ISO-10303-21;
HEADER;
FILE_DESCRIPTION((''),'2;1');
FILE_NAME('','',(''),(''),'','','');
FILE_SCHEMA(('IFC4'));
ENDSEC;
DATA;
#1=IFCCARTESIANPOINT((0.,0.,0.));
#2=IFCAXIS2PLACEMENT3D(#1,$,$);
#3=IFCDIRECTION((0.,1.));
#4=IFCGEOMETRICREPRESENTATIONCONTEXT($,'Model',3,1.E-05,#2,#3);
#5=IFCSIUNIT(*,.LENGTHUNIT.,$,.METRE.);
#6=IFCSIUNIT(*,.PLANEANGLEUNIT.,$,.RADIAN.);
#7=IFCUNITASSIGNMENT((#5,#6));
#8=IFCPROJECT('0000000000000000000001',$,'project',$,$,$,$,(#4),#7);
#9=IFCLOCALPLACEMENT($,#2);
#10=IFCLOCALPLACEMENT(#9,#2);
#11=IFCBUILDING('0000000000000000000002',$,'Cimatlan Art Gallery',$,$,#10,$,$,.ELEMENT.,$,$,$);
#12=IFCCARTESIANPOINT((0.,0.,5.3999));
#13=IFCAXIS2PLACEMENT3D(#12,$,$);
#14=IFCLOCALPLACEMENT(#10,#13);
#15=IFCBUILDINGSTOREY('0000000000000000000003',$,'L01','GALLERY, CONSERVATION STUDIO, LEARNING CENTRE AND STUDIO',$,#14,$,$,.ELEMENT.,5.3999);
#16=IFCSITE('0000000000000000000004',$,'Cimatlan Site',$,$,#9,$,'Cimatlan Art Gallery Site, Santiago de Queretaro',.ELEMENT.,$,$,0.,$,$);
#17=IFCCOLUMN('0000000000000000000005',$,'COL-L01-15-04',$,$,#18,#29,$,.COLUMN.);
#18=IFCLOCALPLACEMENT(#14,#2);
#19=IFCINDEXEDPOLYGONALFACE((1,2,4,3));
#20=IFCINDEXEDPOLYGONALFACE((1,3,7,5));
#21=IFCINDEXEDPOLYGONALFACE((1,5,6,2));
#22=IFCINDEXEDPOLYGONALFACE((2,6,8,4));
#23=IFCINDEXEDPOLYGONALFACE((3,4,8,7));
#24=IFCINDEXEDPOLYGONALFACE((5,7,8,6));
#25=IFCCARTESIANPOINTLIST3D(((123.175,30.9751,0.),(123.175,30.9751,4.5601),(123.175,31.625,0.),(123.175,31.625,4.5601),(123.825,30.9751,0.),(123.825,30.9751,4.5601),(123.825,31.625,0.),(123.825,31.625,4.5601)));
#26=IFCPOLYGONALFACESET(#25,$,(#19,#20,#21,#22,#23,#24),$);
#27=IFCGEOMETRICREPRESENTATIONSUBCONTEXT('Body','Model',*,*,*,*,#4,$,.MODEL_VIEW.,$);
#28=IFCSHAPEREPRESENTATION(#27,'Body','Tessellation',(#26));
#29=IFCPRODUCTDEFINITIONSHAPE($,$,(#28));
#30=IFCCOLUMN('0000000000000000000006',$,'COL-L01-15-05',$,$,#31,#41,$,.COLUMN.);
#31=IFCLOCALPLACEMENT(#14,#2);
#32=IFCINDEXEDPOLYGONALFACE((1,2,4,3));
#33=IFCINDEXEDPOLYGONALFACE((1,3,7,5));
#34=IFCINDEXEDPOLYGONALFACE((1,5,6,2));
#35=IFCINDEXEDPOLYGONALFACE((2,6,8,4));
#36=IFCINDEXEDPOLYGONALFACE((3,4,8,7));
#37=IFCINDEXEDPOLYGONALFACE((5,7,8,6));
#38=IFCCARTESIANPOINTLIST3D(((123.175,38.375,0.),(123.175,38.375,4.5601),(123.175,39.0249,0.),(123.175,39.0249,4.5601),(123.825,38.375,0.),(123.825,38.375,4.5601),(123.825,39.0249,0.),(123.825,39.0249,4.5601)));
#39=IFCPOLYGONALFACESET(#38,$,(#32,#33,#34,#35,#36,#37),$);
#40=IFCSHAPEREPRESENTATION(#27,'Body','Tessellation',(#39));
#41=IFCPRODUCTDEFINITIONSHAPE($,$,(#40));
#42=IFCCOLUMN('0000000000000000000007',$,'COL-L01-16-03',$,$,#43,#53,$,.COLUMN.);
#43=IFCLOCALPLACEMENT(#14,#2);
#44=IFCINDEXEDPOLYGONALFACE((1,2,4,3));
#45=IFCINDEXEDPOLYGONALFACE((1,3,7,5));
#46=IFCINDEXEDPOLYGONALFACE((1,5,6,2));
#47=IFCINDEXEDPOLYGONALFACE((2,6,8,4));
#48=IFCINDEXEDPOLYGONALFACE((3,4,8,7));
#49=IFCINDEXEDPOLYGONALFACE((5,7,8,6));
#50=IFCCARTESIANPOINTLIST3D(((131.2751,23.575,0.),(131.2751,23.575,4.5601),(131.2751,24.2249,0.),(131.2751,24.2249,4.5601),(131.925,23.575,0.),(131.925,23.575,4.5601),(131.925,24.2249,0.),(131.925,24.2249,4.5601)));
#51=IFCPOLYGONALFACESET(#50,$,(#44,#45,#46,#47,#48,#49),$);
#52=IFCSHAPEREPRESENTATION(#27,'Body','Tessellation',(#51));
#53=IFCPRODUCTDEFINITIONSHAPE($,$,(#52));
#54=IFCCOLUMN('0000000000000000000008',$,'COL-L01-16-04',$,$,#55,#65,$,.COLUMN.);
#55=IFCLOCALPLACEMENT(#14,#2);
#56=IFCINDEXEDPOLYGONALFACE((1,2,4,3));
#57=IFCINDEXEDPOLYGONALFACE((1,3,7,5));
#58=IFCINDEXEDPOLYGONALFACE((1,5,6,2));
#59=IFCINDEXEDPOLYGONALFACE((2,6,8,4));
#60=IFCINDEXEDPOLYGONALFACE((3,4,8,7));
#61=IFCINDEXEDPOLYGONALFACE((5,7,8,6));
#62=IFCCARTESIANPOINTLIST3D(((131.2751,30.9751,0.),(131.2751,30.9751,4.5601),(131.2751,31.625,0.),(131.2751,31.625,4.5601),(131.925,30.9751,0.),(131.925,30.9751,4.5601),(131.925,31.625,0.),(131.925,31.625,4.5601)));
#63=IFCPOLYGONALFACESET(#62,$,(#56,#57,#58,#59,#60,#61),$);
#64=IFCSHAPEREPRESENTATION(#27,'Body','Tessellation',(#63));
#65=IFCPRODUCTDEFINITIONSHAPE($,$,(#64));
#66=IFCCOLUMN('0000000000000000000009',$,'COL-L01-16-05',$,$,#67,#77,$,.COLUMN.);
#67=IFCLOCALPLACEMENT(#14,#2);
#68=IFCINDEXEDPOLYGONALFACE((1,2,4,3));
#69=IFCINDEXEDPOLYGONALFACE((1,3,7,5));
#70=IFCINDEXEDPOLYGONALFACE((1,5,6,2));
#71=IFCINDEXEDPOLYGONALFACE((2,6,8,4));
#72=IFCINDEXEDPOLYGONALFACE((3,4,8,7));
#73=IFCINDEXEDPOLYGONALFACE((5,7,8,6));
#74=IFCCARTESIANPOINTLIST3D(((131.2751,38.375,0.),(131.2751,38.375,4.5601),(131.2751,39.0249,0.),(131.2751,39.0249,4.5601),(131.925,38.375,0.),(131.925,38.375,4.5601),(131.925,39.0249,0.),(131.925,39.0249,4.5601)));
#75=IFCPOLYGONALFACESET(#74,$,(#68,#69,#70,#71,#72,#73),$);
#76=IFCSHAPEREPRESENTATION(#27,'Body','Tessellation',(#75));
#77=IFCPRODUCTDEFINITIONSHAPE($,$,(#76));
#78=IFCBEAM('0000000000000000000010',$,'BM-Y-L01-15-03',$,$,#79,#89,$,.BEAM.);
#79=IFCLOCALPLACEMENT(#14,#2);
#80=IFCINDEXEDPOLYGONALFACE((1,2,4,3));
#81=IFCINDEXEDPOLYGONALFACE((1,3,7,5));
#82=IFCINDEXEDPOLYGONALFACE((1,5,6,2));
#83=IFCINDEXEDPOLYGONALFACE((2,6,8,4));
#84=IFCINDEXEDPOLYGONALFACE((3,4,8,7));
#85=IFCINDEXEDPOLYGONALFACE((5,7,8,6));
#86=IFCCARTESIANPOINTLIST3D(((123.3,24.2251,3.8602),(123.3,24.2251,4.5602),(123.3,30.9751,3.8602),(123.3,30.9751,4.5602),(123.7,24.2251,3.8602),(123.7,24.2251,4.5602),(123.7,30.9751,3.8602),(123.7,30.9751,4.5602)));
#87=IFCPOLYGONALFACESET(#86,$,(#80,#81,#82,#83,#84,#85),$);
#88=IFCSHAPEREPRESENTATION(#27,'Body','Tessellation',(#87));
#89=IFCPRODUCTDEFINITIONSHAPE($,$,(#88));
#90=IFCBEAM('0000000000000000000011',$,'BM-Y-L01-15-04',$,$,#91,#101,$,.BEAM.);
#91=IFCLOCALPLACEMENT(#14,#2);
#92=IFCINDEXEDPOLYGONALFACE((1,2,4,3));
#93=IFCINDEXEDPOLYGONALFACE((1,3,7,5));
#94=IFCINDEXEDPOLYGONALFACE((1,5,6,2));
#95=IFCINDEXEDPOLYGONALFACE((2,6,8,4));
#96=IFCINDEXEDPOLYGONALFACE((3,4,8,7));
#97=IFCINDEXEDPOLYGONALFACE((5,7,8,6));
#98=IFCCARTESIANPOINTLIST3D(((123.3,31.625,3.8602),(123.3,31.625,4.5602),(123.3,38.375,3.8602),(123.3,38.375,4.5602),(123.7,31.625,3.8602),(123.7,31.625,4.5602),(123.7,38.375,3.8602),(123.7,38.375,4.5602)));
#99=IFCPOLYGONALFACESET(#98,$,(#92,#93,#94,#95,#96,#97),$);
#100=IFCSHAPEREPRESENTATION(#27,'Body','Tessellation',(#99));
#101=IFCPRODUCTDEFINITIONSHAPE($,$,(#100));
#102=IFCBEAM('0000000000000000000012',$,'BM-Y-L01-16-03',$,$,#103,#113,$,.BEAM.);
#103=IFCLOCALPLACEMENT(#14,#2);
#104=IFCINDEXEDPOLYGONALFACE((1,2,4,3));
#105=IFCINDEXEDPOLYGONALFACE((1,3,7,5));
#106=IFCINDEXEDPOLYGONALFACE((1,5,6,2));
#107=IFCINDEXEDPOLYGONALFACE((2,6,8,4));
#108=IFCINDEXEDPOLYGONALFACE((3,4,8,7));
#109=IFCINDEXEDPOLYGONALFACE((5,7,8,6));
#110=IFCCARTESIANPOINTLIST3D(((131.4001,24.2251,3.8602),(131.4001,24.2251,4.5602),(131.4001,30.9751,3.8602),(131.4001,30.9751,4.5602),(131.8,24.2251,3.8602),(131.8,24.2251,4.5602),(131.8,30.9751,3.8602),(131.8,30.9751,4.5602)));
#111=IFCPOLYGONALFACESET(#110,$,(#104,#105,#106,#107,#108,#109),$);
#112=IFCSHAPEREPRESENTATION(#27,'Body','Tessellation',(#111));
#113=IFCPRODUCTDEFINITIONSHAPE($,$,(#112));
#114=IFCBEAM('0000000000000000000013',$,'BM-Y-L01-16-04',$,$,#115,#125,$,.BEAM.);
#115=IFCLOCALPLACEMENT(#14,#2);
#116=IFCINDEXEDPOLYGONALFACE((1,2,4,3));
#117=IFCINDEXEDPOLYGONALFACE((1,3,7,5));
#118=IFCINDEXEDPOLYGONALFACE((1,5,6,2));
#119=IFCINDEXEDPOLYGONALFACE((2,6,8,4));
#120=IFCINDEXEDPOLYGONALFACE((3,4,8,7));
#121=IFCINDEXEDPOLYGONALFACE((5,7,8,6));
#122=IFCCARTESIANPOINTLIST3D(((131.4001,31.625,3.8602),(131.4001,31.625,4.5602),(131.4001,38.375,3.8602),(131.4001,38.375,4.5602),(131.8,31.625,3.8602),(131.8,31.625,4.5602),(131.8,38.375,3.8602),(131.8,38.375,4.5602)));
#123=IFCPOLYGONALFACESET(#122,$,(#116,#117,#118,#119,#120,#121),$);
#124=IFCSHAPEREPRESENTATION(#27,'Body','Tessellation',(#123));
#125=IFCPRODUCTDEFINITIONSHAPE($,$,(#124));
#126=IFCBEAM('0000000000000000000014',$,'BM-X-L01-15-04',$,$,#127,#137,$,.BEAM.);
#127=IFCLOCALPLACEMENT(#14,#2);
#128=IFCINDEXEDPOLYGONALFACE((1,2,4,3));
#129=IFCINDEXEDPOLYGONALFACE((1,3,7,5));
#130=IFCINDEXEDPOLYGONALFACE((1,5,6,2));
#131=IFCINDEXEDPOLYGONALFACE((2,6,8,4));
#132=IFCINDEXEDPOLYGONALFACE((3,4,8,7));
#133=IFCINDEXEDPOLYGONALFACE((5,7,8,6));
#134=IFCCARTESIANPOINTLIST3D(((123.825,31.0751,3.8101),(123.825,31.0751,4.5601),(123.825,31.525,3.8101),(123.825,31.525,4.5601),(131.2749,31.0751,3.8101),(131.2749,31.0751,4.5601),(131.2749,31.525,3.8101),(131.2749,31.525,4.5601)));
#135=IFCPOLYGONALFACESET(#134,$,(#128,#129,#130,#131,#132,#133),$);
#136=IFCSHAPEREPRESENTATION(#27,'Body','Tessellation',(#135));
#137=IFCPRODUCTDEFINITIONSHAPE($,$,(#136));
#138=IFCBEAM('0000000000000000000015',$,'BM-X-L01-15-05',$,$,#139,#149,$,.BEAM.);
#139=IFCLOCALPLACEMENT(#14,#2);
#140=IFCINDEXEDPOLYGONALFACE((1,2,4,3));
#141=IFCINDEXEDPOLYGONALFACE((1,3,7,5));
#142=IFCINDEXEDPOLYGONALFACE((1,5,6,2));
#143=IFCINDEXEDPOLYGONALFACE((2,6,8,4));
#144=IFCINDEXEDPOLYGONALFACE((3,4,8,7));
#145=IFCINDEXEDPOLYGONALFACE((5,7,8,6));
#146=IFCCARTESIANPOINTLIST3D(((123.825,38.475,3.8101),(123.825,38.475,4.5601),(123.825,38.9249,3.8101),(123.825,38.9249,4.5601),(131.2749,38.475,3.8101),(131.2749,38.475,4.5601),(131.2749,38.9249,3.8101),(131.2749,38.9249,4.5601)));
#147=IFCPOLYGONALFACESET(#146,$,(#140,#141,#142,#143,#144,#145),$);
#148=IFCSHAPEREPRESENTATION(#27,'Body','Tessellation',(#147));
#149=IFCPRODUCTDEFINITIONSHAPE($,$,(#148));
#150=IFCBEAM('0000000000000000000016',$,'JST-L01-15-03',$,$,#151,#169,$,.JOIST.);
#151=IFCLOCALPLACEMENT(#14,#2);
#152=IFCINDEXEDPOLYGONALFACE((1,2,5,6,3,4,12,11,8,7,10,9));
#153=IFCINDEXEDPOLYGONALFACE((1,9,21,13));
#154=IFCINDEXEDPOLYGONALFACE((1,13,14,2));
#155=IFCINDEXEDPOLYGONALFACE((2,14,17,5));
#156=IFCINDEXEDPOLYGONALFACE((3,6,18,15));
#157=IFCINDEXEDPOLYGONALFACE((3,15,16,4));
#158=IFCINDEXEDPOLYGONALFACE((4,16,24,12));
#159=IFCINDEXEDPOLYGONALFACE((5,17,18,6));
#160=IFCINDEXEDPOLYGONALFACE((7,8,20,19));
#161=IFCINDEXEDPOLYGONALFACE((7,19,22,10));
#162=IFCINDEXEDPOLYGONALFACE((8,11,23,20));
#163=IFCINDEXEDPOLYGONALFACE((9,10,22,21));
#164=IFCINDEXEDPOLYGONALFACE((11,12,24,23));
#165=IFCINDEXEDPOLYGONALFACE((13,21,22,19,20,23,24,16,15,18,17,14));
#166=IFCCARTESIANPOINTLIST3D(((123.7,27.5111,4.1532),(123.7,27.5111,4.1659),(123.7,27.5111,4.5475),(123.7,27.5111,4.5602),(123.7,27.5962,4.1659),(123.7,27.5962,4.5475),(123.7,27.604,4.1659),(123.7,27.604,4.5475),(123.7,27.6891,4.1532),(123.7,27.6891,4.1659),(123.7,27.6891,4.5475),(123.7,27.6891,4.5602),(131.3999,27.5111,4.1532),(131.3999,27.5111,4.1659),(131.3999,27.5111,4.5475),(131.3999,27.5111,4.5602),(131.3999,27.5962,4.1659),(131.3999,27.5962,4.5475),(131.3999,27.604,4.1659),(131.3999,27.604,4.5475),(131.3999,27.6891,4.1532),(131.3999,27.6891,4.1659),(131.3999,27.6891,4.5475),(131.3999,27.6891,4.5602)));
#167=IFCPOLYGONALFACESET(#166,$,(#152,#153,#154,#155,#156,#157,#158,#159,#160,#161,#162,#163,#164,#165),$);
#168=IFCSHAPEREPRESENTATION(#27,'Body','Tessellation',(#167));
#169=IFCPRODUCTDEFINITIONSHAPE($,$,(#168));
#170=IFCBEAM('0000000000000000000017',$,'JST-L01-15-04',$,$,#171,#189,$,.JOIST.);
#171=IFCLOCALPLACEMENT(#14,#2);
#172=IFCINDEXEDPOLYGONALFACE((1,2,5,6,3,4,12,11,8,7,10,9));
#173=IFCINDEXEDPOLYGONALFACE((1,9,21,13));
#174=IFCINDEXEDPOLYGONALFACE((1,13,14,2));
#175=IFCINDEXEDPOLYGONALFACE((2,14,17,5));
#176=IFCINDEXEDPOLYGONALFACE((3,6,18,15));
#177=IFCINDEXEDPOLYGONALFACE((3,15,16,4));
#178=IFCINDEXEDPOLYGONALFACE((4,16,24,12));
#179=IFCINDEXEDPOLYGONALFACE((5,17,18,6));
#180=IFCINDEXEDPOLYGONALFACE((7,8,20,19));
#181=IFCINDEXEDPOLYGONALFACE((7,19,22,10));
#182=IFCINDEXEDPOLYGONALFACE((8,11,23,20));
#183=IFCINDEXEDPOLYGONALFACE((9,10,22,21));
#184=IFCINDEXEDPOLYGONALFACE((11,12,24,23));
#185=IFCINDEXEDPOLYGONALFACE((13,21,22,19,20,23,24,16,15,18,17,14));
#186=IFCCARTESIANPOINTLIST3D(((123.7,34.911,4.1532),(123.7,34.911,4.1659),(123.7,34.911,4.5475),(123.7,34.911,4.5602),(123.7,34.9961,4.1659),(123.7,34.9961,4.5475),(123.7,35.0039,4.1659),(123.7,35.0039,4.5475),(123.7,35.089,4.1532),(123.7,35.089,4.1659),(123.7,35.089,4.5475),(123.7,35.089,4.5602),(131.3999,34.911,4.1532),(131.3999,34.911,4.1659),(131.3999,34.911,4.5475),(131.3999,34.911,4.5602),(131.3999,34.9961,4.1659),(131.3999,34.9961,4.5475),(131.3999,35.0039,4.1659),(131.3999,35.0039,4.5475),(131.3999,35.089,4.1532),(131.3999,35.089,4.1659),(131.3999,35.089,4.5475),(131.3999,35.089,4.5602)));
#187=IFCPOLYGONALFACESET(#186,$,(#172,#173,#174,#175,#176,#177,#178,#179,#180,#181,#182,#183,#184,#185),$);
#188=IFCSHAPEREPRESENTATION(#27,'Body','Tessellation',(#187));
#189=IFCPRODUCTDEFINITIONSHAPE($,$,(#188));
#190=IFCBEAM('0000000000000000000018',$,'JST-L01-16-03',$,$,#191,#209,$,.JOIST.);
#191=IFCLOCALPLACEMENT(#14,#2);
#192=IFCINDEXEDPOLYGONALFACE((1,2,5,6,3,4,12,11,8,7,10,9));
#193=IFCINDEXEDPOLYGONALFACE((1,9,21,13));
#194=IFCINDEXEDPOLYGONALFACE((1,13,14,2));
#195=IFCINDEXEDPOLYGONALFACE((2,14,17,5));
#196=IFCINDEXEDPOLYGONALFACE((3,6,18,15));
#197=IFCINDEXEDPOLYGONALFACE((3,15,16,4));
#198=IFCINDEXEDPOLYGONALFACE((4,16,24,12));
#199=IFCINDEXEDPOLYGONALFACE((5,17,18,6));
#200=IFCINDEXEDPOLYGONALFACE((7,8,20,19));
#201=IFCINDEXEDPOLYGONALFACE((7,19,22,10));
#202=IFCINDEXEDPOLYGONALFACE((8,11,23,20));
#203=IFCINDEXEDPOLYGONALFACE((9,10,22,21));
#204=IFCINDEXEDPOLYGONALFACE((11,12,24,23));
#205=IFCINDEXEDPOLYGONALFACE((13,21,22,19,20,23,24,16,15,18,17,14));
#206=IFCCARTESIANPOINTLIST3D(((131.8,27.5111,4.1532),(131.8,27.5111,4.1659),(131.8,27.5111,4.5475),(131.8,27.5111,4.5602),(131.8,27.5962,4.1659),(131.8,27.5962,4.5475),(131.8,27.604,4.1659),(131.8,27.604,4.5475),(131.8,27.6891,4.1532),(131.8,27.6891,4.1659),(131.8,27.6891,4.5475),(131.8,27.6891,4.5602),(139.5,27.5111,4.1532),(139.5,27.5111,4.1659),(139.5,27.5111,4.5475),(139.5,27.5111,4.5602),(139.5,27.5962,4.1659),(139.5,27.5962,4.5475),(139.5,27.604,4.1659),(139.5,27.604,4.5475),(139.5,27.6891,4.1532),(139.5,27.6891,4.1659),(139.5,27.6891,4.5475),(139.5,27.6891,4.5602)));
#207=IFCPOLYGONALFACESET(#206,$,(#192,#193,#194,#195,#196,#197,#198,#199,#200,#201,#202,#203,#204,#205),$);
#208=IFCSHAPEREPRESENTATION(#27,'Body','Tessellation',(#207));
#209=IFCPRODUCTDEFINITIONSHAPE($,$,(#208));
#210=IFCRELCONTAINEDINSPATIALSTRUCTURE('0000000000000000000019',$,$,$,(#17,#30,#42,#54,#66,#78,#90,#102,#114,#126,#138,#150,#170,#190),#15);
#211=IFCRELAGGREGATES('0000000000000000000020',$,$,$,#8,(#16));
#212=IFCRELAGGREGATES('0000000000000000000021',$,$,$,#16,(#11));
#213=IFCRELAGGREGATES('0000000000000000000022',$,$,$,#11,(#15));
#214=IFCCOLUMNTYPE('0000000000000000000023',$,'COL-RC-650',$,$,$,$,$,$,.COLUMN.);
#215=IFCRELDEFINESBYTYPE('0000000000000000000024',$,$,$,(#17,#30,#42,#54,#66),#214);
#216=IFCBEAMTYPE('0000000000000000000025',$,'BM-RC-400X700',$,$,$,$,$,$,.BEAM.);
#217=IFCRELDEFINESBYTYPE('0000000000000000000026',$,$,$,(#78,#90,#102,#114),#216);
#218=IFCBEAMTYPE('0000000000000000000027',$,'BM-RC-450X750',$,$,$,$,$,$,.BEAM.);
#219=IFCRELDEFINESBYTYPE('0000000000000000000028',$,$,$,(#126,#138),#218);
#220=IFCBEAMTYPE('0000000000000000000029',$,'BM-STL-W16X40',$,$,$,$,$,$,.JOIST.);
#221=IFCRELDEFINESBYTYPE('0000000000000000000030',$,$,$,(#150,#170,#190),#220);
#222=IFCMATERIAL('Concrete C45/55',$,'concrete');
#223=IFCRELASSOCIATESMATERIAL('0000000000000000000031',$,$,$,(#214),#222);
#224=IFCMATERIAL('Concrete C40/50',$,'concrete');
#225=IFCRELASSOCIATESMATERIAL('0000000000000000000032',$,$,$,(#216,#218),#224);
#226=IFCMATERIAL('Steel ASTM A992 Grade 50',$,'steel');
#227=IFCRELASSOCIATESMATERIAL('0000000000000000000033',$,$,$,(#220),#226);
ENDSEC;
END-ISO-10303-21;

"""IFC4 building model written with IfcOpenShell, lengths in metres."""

from ifc_helpers import new_model, si_unit, direction, frame, origin, origin_2d, place, context, subcontext, project, spatial, rectangle, i_section, extrude, material, material_profile, profile_set, type_object, element, save


model = new_model("IFC4")

# Units and contexts
model_context = context("Model", 3, precision=1e-05, world=origin(), true_north=direction((0.0, 1.0)))
body_context = subcontext(model_context, "Body", "Model", "MODEL_VIEW")
ifc_project = project(units=[si_unit("LENGTHUNIT", "METRE"), si_unit("PLANEANGLEUNIT", "RADIAN")], contexts=[model_context])

# Site, building, storey
site_placement = place(None, origin())
site = spatial("IfcSite", under=ifc_project, at=site_placement, Name="Cimatlan Site", LongName="Cimatlan Art Gallery Site, Santiago de Queretaro", CompositionType="ELEMENT", RefElevation=0.0)
building_placement = place(site_placement, origin())
building = spatial("IfcBuilding", under=site, at=building_placement, Name="Cimatlan Art Gallery", CompositionType="ELEMENT")
storey_placement = place(building_placement, frame((0.0, 0.0, 5.3999)))
storey = spatial("IfcBuildingStorey", under=building, at=storey_placement, Name="L01", Description="GALLERY, CONSERVATION STUDIO, LEARNING CENTRE AND STUDIO", CompositionType="ELEMENT", Elevation=5.3999)

# Columns
ifc_material_1 = material(Name="Concrete C45/55", Category="concrete")
ifc_material_profile_1 = material_profile(ifc_material_1, rectangle(XDim=0.6499, YDim=0.6499, at=origin_2d()), Name="RC650X650")
ifc_profile_set_1 = profile_set([ifc_material_profile_1], Name="Concrete C45/55")
column_type = type_object("IfcColumnType", Name="COL-RC-650", PredefinedType="COLUMN", material=ifc_profile_set_1)
for number, where, z_axis, x_axis, name in (
    (1, (123.5, 31.3, 0.0), (0.0, 0.0, 1.0), (1.0, 0.0, 0.0), "COL-L01-15-04"),
    (2, (123.5, 38.7, 0.0), (0.0, 0.0, 1.0), (1.0, 0.0, 0.0), "COL-L01-15-05"),
    (3, (131.6001, 23.8999, 0.0), (0.0, 0.0, 1.0), (1.0, 0.0, 0.0), "COL-L01-16-03"),
    (4, (131.6001, 31.3, 0.0), (0.0, 0.0, 1.0), (1.0, 0.0, 0.0), "COL-L01-16-04"),
    (5, (131.6001, 38.7, 0.0), (0.0, 0.0, 1.0), (1.0, 0.0, 0.0), "COL-L01-16-05"),
):
    element("IfcColumn", number, at=place(storey_placement, frame(where, z_axis=z_axis, x_axis=x_axis)), inside=storey, type_object=column_type, Name=name, PredefinedType="COLUMN", context=body_context, shape_type="SweptSolid", body=[
        extrude(rectangle(XDim=0.6499, YDim=0.6499, at=origin_2d()), origin(), (0.0, 0.0, 1.0), 4.5601),
    ])

# Beams
ifc_material_2 = material(Name="Concrete C40/50", Category="concrete")
ifc_material_profile_2 = material_profile(ifc_material_2, rectangle(XDim=0.3999, YDim=0.7, at=origin_2d()), Name="RC400X700")
ifc_profile_set_2 = profile_set([ifc_material_profile_2], Name="Concrete C40/50")
beam_type_1 = type_object("IfcBeamType", Name="BM-RC-400X700", PredefinedType="BEAM", material=ifc_profile_set_2)
for number, where, z_axis, x_axis, name in (
    (6, (123.5, 24.2251, 4.2102), (0.0, 1.0, 0.0), (-1.0, 0.0, 0.0), "BM-Y-L01-15-03"),
    (7, (123.5, 31.625, 4.2102), (0.0, 1.0, 0.0), (-1.0, 0.0, 0.0), "BM-Y-L01-15-04"),
    (8, (131.6001, 24.2251, 4.2102), (0.0, 1.0, 0.0), (-1.0, 0.0, 0.0), "BM-Y-L01-16-03"),
    (9, (131.6001, 31.625, 4.2102), (0.0, 1.0, 0.0), (-1.0, 0.0, 0.0), "BM-Y-L01-16-04"),
):
    element("IfcBeam", number, at=place(storey_placement, frame(where, z_axis=z_axis, x_axis=x_axis)), inside=storey, type_object=beam_type_1, Name=name, PredefinedType="BEAM", context=body_context, shape_type="SweptSolid", body=[
        extrude(rectangle(XDim=0.3999, YDim=0.7, at=origin_2d()), origin(), (0.0, 0.0, 1.0), 6.75),
    ])
ifc_material_profile_3 = material_profile(ifc_material_2, rectangle(XDim=0.45, YDim=0.75, at=origin_2d()), Name="RC450X750")
ifc_profile_set_3 = profile_set([ifc_material_profile_3], Name="Concrete C40/50")
beam_type_2 = type_object("IfcBeamType", Name="BM-RC-450X750", PredefinedType="BEAM", material=ifc_profile_set_3)
for number, where, z_axis, x_axis, name in (
    (10, (123.825, 31.3, 4.1851), (1.0, 0.0, 0.0), (0.0, 1.0, 0.0), "BM-X-L01-15-04"),
    (11, (123.825, 38.7, 4.1851), (1.0, 0.0, 0.0), (0.0, 1.0, 0.0), "BM-X-L01-15-05"),
):
    element("IfcBeam", number, at=place(storey_placement, frame(where, z_axis=z_axis, x_axis=x_axis)), inside=storey, type_object=beam_type_2, Name=name, PredefinedType="BEAM", context=body_context, shape_type="SweptSolid", body=[
        extrude(rectangle(XDim=0.45, YDim=0.75, at=origin_2d()), origin(), (0.0, 0.0, 1.0), 7.45),
    ])
ifc_material_3 = material(Name="Steel ASTM A992 Grade 50", Category="steel")
ifc_material_profile_4 = material_profile(ifc_material_3, i_section(OverallWidth=0.178, OverallDepth=0.407, WebThickness=0.0078, FlangeThickness=0.0127, at=origin_2d()), Name="W16X40")
ifc_profile_set_4 = profile_set([ifc_material_profile_4], Name="Steel ASTM A992 Grade 50")
beam_type_3 = type_object("IfcBeamType", Name="BM-STL-W16X40", PredefinedType="JOIST", material=ifc_profile_set_4)
for number, where, z_axis, x_axis, name in (
    (12, (123.7, 27.6001, 4.3567), (1.0, 0.0, 0.0), (0.0, 1.0, 0.0), "JST-L01-15-03"),
    (13, (123.7, 35.0, 4.3567), (1.0, 0.0, 0.0), (0.0, 1.0, 0.0), "JST-L01-15-04"),
    (14, (131.8, 27.6001, 4.3567), (1.0, 0.0, 0.0), (0.0, 1.0, 0.0), "JST-L01-16-03"),
):
    element("IfcBeam", number, at=place(storey_placement, frame(where, z_axis=z_axis, x_axis=x_axis)), inside=storey, type_object=beam_type_3, Name=name, PredefinedType="JOIST", context=body_context, shape_type="SweptSolid", body=[
        extrude(i_section(OverallWidth=0.178, OverallDepth=0.407, WebThickness=0.0078, FlangeThickness=0.0127, at=origin_2d()), origin(), (0.0, 0.0, 1.0), 7.7),
    ])

save(model, "model.ifc")
